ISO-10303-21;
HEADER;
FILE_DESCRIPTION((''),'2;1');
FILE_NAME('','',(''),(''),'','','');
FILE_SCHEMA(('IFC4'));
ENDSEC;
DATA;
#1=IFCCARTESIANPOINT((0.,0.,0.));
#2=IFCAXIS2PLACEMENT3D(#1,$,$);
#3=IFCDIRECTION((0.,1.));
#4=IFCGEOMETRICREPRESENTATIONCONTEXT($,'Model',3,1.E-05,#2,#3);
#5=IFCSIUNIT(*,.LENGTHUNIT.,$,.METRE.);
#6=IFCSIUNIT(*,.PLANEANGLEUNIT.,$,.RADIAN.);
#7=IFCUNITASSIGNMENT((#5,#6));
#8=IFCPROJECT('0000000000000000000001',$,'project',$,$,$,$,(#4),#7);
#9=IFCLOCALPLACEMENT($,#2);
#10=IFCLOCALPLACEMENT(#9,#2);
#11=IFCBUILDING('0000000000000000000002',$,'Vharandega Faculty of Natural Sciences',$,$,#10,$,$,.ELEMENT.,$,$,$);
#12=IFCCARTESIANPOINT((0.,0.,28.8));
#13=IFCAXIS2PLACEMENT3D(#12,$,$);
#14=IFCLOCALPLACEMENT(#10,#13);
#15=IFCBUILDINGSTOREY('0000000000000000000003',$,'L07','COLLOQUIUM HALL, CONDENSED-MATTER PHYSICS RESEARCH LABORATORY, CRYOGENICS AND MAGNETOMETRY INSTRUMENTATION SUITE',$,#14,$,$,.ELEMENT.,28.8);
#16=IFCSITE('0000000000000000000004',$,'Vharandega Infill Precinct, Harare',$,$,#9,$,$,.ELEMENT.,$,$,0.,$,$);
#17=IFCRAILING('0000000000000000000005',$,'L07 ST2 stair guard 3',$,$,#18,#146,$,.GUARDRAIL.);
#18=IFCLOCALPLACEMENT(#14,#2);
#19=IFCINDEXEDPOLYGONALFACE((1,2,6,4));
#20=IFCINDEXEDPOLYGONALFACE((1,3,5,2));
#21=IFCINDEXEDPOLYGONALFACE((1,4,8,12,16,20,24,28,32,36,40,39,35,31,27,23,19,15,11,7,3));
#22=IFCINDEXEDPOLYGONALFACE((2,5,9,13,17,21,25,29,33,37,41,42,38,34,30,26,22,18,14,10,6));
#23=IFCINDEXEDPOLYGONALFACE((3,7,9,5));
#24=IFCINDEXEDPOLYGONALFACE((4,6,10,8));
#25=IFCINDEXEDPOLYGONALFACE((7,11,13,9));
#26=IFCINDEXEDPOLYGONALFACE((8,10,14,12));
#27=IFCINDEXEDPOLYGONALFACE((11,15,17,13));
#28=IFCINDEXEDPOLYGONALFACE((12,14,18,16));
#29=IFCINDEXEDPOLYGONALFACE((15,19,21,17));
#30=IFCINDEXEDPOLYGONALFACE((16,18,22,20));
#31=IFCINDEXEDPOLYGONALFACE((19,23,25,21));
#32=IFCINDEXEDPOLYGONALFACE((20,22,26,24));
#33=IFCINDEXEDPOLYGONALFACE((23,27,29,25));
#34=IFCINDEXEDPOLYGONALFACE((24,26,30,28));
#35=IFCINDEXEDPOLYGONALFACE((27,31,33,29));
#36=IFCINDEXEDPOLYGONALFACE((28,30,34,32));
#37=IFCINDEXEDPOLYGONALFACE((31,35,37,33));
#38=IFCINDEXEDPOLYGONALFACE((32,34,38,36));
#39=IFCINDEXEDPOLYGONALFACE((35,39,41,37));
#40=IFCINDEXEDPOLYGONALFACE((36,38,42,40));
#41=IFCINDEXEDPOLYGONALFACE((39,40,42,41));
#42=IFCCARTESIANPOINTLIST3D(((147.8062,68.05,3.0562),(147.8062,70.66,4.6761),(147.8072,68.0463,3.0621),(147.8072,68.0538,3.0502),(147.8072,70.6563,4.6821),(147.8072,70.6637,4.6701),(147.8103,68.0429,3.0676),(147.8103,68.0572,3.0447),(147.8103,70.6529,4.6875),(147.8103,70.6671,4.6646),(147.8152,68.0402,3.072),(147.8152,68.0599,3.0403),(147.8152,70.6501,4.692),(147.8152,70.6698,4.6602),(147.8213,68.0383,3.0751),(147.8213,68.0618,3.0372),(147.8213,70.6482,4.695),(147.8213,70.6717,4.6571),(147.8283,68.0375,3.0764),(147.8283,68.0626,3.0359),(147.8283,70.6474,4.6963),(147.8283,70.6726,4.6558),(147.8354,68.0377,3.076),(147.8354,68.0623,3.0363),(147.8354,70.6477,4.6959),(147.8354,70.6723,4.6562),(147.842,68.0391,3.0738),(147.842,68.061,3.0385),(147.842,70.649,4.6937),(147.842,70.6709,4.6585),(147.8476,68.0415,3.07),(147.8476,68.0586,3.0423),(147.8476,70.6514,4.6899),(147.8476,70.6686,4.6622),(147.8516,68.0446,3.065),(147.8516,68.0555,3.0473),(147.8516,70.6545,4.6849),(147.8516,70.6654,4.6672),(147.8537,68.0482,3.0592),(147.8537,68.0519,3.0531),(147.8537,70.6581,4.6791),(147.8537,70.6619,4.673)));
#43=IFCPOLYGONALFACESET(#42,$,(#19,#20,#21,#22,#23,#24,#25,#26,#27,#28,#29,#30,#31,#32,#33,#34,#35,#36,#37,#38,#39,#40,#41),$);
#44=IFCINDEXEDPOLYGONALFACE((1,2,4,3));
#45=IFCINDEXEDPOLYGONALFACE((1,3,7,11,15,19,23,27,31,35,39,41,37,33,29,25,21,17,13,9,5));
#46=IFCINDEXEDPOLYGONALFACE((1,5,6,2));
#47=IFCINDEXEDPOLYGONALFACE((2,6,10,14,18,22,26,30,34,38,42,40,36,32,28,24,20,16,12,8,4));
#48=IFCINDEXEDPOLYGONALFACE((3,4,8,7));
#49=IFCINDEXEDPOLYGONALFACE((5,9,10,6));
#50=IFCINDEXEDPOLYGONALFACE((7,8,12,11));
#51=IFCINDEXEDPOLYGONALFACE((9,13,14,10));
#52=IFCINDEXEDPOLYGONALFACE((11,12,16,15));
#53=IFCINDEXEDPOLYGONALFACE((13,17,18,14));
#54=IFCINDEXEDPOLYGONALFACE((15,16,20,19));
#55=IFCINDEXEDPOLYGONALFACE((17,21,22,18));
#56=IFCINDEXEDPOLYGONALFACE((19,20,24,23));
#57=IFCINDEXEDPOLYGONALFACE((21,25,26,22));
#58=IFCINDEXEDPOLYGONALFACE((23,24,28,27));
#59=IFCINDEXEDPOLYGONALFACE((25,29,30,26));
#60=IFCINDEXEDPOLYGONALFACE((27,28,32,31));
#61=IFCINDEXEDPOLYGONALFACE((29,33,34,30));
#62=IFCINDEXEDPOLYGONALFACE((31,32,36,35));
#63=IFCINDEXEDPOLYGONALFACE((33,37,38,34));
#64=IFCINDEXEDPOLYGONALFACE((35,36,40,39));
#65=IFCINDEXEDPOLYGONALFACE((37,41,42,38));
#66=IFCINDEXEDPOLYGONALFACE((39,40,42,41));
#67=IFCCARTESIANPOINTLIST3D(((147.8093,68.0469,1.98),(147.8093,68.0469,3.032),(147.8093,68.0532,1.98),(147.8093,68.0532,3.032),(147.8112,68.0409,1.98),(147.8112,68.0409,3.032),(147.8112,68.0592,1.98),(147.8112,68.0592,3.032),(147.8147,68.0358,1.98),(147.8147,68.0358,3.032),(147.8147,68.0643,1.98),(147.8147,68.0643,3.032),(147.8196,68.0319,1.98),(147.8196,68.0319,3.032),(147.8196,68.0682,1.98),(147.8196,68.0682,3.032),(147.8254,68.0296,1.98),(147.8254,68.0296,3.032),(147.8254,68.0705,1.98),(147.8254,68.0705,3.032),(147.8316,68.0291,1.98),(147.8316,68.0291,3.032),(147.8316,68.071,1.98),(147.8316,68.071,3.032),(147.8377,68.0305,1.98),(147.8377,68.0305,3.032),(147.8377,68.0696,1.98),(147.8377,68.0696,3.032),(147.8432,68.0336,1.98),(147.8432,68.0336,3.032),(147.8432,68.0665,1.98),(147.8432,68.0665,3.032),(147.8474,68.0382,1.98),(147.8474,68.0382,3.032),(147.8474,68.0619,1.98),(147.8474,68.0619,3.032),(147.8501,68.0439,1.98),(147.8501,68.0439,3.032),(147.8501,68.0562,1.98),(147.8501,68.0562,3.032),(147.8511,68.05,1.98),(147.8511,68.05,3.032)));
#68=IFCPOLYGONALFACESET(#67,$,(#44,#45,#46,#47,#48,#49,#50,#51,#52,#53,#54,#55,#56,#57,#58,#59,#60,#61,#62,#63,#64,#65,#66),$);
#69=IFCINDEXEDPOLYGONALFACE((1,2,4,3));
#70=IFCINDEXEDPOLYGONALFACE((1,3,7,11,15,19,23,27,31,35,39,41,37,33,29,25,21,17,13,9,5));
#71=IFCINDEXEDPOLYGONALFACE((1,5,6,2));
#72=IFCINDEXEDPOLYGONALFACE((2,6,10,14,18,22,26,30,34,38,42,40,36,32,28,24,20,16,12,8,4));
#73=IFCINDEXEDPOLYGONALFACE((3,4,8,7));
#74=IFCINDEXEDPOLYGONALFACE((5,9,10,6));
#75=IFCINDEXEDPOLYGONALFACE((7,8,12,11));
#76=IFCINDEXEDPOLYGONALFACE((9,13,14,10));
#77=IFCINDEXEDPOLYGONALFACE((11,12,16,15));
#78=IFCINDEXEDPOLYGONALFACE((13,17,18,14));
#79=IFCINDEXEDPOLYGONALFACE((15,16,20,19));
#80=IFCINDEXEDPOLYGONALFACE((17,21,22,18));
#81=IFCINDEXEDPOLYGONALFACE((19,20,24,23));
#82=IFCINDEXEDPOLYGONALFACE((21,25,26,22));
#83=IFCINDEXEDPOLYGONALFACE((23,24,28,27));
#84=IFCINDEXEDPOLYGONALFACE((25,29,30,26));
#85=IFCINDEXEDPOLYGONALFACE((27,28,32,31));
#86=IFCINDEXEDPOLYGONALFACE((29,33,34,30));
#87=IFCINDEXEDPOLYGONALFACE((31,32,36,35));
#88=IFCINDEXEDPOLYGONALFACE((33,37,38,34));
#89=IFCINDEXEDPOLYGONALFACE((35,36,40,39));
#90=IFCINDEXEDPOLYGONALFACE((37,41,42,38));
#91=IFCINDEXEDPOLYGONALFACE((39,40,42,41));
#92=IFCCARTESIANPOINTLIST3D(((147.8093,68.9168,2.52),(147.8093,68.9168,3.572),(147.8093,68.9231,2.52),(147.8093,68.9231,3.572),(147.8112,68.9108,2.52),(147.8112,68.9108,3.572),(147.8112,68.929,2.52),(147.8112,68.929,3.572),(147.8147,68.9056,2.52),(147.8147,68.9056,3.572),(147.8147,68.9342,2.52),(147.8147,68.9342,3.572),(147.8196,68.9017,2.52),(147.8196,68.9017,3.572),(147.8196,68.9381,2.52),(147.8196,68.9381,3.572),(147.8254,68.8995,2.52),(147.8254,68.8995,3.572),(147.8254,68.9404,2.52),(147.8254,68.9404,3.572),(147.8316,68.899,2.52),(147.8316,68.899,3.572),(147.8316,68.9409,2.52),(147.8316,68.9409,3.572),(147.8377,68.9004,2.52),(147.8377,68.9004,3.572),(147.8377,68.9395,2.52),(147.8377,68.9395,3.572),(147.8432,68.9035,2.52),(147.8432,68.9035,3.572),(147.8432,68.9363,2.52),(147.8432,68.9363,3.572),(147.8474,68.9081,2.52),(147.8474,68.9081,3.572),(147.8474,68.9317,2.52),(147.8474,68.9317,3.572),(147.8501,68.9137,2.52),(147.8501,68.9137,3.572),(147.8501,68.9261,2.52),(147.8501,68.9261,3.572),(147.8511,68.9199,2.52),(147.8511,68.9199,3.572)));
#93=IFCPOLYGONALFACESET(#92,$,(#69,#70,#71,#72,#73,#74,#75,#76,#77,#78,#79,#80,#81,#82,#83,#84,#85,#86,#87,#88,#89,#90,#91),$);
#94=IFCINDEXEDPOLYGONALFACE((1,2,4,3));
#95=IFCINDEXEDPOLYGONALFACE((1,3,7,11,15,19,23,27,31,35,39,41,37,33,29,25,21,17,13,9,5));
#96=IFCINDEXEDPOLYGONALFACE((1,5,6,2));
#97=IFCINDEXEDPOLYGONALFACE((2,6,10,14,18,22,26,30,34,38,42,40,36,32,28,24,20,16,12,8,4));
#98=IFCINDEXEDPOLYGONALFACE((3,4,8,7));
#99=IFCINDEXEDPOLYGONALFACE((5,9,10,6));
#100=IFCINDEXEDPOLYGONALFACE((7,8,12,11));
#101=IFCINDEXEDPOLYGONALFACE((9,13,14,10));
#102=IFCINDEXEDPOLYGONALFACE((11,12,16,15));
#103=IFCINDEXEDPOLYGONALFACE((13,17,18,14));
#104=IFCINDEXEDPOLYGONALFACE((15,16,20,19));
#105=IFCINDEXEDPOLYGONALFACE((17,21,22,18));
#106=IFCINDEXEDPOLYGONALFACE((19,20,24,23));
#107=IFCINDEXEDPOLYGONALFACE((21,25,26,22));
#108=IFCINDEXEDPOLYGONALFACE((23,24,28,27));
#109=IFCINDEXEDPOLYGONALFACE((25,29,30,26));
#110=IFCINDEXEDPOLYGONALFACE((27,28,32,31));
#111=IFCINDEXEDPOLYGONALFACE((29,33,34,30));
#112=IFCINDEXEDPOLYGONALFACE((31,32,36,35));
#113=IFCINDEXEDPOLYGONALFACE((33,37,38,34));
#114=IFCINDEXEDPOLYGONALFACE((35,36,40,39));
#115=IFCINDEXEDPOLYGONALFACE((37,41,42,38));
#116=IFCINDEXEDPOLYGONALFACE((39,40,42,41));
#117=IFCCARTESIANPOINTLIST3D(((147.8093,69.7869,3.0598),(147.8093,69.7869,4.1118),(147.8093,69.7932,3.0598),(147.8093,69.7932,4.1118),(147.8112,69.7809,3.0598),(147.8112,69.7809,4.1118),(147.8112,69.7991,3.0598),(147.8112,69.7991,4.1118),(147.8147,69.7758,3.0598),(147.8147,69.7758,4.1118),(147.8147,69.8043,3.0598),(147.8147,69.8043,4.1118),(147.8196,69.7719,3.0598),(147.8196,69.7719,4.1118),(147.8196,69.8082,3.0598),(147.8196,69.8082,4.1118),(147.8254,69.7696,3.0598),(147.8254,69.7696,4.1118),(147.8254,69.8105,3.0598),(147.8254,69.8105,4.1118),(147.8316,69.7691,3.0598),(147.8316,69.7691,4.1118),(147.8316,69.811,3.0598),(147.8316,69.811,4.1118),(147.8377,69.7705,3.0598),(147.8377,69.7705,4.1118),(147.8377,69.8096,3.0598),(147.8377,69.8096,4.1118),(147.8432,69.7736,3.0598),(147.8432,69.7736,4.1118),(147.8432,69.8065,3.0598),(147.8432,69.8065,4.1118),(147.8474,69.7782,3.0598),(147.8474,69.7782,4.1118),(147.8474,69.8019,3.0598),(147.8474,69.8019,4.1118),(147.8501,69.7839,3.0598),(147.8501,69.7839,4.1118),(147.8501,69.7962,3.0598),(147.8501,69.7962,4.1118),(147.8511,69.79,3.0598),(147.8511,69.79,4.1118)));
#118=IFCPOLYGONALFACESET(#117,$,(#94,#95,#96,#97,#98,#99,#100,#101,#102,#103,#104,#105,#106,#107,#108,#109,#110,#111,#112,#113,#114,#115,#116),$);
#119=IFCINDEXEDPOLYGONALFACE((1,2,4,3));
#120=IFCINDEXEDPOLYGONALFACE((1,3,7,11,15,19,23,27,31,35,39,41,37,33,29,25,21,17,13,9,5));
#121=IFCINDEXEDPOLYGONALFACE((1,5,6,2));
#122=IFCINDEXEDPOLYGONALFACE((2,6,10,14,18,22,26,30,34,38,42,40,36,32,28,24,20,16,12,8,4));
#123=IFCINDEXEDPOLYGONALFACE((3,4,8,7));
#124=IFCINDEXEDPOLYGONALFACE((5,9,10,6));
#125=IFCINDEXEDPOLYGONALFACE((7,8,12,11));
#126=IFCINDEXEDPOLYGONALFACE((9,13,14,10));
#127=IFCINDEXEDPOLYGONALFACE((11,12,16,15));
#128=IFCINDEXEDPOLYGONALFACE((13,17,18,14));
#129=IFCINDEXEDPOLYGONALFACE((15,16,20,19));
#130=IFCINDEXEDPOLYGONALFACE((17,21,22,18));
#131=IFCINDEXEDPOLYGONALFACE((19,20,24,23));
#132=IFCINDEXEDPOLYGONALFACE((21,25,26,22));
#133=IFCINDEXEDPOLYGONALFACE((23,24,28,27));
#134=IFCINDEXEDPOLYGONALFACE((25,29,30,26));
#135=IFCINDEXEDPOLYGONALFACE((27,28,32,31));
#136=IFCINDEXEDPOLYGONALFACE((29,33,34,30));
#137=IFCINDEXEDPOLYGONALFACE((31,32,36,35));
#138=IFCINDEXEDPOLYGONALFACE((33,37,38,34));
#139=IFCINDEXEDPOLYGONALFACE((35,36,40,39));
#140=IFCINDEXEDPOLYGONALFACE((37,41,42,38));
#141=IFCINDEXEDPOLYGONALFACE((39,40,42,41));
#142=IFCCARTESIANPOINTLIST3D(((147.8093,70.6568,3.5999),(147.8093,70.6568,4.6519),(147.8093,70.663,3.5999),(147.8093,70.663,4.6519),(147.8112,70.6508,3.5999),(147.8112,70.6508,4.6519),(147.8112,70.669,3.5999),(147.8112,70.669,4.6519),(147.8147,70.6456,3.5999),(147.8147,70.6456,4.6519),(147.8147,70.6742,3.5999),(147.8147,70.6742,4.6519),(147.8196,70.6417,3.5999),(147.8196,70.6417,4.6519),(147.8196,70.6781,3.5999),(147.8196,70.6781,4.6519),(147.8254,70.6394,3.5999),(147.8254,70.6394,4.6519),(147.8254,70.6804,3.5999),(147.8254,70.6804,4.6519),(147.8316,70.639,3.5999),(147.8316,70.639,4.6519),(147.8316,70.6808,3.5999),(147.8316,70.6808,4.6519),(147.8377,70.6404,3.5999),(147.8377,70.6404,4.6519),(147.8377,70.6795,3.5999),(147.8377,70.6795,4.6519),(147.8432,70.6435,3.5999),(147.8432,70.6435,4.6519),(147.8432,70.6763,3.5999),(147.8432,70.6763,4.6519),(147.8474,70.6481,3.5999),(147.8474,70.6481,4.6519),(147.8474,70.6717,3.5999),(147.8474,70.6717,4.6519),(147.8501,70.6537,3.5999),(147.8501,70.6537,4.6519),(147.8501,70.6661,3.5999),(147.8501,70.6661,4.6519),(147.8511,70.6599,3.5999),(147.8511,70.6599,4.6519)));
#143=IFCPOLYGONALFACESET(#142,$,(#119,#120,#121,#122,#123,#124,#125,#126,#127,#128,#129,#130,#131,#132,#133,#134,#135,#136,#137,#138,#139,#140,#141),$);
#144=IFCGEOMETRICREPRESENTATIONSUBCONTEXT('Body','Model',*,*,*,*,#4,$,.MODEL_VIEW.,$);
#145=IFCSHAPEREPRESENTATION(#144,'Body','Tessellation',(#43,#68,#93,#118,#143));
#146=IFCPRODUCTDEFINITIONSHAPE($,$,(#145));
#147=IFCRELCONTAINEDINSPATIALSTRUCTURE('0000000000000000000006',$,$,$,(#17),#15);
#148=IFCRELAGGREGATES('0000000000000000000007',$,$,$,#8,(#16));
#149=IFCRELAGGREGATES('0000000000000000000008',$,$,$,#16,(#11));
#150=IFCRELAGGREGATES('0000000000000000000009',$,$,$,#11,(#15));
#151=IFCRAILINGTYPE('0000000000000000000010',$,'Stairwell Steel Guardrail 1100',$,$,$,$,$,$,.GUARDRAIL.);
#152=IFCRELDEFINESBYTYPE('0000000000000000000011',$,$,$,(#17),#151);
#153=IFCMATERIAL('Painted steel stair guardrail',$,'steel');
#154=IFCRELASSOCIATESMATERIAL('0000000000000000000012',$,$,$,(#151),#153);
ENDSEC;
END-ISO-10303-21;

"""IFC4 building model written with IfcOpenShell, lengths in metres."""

from ifc_helpers import new_model, si_unit, direction, frame, origin, origin_2d, place, context, subcontext, project, spatial, circle, extrude, material, type_object, element, save


model = new_model("IFC4")

# Units and contexts
model_context = context("Model", 3, precision=1e-05, world=origin(), true_north=direction((0.0, 1.0)))
body_context = subcontext(model_context, "Body", "Model", "MODEL_VIEW")
ifc_project = project(units=[si_unit("LENGTHUNIT", "METRE"), si_unit("PLANEANGLEUNIT", "RADIAN")], contexts=[model_context])

# Site, building, storey
site_placement = place(None, origin())
site = spatial("IfcSite", under=ifc_project, at=site_placement, Name="Vharandega Infill Precinct, Harare", CompositionType="ELEMENT", RefElevation=0.0)
building_placement = place(site_placement, origin())
building = spatial("IfcBuilding", under=site, at=building_placement, Name="Vharandega Faculty of Natural Sciences", CompositionType="ELEMENT")
storey_placement = place(building_placement, frame((0.0, 0.0, 28.8)))
storey = spatial("IfcBuildingStorey", under=building, at=storey_placement, Name="L07", Description="COLLOQUIUM HALL, CONDENSED-MATTER PHYSICS RESEARCH LABORATORY, CRYOGENICS AND MAGNETOMETRY INSTRUMENTATION SUITE", CompositionType="ELEMENT", Elevation=28.8)

# Railing
ifc_material_1 = material(Name="Painted steel stair guardrail", Category="steel")
railing_type_1 = type_object("IfcRailingType", Name="Stairwell Steel Guardrail 1100", PredefinedType="GUARDRAIL", material=ifc_material_1)
railing_1_placement = place(storey_placement, frame((147.8301, 68.05, 1.98)))
element("IfcRailing", 1, at=railing_1_placement, inside=storey, type_object=railing_type_1, Name="L07 ST2 stair guard 3", PredefinedType="GUARDRAIL", context=body_context, shape_type="SweptSolid", body=[
    extrude(circle(Radius=0.0239, at=origin_2d()), frame((0.0, 0.0, 1.0762), z_axis=(0.0, 0.849646, 0.527353), x_axis=(-1.0, 0.0, 0.0)), (0.0, 0.0, 1.0), 3.0718),
    extrude(circle(Radius=0.021, at=origin_2d()), origin(), (0.0, 0.0, 1.0), 1.052),
    extrude(circle(Radius=0.021, at=origin_2d()), frame((0.0, 0.8699, 0.54)), (0.0, 0.0, 1.0), 1.052),
    extrude(circle(Radius=0.021, at=origin_2d()), frame((0.0, 1.74, 1.0798)), (0.0, 0.0, 1.0), 1.052),
    extrude(circle(Radius=0.021, at=origin_2d()), frame((0.0, 2.6099, 1.6199)), (0.0, 0.0, 1.0), 1.052),
])

save(model, "model.ifc")
